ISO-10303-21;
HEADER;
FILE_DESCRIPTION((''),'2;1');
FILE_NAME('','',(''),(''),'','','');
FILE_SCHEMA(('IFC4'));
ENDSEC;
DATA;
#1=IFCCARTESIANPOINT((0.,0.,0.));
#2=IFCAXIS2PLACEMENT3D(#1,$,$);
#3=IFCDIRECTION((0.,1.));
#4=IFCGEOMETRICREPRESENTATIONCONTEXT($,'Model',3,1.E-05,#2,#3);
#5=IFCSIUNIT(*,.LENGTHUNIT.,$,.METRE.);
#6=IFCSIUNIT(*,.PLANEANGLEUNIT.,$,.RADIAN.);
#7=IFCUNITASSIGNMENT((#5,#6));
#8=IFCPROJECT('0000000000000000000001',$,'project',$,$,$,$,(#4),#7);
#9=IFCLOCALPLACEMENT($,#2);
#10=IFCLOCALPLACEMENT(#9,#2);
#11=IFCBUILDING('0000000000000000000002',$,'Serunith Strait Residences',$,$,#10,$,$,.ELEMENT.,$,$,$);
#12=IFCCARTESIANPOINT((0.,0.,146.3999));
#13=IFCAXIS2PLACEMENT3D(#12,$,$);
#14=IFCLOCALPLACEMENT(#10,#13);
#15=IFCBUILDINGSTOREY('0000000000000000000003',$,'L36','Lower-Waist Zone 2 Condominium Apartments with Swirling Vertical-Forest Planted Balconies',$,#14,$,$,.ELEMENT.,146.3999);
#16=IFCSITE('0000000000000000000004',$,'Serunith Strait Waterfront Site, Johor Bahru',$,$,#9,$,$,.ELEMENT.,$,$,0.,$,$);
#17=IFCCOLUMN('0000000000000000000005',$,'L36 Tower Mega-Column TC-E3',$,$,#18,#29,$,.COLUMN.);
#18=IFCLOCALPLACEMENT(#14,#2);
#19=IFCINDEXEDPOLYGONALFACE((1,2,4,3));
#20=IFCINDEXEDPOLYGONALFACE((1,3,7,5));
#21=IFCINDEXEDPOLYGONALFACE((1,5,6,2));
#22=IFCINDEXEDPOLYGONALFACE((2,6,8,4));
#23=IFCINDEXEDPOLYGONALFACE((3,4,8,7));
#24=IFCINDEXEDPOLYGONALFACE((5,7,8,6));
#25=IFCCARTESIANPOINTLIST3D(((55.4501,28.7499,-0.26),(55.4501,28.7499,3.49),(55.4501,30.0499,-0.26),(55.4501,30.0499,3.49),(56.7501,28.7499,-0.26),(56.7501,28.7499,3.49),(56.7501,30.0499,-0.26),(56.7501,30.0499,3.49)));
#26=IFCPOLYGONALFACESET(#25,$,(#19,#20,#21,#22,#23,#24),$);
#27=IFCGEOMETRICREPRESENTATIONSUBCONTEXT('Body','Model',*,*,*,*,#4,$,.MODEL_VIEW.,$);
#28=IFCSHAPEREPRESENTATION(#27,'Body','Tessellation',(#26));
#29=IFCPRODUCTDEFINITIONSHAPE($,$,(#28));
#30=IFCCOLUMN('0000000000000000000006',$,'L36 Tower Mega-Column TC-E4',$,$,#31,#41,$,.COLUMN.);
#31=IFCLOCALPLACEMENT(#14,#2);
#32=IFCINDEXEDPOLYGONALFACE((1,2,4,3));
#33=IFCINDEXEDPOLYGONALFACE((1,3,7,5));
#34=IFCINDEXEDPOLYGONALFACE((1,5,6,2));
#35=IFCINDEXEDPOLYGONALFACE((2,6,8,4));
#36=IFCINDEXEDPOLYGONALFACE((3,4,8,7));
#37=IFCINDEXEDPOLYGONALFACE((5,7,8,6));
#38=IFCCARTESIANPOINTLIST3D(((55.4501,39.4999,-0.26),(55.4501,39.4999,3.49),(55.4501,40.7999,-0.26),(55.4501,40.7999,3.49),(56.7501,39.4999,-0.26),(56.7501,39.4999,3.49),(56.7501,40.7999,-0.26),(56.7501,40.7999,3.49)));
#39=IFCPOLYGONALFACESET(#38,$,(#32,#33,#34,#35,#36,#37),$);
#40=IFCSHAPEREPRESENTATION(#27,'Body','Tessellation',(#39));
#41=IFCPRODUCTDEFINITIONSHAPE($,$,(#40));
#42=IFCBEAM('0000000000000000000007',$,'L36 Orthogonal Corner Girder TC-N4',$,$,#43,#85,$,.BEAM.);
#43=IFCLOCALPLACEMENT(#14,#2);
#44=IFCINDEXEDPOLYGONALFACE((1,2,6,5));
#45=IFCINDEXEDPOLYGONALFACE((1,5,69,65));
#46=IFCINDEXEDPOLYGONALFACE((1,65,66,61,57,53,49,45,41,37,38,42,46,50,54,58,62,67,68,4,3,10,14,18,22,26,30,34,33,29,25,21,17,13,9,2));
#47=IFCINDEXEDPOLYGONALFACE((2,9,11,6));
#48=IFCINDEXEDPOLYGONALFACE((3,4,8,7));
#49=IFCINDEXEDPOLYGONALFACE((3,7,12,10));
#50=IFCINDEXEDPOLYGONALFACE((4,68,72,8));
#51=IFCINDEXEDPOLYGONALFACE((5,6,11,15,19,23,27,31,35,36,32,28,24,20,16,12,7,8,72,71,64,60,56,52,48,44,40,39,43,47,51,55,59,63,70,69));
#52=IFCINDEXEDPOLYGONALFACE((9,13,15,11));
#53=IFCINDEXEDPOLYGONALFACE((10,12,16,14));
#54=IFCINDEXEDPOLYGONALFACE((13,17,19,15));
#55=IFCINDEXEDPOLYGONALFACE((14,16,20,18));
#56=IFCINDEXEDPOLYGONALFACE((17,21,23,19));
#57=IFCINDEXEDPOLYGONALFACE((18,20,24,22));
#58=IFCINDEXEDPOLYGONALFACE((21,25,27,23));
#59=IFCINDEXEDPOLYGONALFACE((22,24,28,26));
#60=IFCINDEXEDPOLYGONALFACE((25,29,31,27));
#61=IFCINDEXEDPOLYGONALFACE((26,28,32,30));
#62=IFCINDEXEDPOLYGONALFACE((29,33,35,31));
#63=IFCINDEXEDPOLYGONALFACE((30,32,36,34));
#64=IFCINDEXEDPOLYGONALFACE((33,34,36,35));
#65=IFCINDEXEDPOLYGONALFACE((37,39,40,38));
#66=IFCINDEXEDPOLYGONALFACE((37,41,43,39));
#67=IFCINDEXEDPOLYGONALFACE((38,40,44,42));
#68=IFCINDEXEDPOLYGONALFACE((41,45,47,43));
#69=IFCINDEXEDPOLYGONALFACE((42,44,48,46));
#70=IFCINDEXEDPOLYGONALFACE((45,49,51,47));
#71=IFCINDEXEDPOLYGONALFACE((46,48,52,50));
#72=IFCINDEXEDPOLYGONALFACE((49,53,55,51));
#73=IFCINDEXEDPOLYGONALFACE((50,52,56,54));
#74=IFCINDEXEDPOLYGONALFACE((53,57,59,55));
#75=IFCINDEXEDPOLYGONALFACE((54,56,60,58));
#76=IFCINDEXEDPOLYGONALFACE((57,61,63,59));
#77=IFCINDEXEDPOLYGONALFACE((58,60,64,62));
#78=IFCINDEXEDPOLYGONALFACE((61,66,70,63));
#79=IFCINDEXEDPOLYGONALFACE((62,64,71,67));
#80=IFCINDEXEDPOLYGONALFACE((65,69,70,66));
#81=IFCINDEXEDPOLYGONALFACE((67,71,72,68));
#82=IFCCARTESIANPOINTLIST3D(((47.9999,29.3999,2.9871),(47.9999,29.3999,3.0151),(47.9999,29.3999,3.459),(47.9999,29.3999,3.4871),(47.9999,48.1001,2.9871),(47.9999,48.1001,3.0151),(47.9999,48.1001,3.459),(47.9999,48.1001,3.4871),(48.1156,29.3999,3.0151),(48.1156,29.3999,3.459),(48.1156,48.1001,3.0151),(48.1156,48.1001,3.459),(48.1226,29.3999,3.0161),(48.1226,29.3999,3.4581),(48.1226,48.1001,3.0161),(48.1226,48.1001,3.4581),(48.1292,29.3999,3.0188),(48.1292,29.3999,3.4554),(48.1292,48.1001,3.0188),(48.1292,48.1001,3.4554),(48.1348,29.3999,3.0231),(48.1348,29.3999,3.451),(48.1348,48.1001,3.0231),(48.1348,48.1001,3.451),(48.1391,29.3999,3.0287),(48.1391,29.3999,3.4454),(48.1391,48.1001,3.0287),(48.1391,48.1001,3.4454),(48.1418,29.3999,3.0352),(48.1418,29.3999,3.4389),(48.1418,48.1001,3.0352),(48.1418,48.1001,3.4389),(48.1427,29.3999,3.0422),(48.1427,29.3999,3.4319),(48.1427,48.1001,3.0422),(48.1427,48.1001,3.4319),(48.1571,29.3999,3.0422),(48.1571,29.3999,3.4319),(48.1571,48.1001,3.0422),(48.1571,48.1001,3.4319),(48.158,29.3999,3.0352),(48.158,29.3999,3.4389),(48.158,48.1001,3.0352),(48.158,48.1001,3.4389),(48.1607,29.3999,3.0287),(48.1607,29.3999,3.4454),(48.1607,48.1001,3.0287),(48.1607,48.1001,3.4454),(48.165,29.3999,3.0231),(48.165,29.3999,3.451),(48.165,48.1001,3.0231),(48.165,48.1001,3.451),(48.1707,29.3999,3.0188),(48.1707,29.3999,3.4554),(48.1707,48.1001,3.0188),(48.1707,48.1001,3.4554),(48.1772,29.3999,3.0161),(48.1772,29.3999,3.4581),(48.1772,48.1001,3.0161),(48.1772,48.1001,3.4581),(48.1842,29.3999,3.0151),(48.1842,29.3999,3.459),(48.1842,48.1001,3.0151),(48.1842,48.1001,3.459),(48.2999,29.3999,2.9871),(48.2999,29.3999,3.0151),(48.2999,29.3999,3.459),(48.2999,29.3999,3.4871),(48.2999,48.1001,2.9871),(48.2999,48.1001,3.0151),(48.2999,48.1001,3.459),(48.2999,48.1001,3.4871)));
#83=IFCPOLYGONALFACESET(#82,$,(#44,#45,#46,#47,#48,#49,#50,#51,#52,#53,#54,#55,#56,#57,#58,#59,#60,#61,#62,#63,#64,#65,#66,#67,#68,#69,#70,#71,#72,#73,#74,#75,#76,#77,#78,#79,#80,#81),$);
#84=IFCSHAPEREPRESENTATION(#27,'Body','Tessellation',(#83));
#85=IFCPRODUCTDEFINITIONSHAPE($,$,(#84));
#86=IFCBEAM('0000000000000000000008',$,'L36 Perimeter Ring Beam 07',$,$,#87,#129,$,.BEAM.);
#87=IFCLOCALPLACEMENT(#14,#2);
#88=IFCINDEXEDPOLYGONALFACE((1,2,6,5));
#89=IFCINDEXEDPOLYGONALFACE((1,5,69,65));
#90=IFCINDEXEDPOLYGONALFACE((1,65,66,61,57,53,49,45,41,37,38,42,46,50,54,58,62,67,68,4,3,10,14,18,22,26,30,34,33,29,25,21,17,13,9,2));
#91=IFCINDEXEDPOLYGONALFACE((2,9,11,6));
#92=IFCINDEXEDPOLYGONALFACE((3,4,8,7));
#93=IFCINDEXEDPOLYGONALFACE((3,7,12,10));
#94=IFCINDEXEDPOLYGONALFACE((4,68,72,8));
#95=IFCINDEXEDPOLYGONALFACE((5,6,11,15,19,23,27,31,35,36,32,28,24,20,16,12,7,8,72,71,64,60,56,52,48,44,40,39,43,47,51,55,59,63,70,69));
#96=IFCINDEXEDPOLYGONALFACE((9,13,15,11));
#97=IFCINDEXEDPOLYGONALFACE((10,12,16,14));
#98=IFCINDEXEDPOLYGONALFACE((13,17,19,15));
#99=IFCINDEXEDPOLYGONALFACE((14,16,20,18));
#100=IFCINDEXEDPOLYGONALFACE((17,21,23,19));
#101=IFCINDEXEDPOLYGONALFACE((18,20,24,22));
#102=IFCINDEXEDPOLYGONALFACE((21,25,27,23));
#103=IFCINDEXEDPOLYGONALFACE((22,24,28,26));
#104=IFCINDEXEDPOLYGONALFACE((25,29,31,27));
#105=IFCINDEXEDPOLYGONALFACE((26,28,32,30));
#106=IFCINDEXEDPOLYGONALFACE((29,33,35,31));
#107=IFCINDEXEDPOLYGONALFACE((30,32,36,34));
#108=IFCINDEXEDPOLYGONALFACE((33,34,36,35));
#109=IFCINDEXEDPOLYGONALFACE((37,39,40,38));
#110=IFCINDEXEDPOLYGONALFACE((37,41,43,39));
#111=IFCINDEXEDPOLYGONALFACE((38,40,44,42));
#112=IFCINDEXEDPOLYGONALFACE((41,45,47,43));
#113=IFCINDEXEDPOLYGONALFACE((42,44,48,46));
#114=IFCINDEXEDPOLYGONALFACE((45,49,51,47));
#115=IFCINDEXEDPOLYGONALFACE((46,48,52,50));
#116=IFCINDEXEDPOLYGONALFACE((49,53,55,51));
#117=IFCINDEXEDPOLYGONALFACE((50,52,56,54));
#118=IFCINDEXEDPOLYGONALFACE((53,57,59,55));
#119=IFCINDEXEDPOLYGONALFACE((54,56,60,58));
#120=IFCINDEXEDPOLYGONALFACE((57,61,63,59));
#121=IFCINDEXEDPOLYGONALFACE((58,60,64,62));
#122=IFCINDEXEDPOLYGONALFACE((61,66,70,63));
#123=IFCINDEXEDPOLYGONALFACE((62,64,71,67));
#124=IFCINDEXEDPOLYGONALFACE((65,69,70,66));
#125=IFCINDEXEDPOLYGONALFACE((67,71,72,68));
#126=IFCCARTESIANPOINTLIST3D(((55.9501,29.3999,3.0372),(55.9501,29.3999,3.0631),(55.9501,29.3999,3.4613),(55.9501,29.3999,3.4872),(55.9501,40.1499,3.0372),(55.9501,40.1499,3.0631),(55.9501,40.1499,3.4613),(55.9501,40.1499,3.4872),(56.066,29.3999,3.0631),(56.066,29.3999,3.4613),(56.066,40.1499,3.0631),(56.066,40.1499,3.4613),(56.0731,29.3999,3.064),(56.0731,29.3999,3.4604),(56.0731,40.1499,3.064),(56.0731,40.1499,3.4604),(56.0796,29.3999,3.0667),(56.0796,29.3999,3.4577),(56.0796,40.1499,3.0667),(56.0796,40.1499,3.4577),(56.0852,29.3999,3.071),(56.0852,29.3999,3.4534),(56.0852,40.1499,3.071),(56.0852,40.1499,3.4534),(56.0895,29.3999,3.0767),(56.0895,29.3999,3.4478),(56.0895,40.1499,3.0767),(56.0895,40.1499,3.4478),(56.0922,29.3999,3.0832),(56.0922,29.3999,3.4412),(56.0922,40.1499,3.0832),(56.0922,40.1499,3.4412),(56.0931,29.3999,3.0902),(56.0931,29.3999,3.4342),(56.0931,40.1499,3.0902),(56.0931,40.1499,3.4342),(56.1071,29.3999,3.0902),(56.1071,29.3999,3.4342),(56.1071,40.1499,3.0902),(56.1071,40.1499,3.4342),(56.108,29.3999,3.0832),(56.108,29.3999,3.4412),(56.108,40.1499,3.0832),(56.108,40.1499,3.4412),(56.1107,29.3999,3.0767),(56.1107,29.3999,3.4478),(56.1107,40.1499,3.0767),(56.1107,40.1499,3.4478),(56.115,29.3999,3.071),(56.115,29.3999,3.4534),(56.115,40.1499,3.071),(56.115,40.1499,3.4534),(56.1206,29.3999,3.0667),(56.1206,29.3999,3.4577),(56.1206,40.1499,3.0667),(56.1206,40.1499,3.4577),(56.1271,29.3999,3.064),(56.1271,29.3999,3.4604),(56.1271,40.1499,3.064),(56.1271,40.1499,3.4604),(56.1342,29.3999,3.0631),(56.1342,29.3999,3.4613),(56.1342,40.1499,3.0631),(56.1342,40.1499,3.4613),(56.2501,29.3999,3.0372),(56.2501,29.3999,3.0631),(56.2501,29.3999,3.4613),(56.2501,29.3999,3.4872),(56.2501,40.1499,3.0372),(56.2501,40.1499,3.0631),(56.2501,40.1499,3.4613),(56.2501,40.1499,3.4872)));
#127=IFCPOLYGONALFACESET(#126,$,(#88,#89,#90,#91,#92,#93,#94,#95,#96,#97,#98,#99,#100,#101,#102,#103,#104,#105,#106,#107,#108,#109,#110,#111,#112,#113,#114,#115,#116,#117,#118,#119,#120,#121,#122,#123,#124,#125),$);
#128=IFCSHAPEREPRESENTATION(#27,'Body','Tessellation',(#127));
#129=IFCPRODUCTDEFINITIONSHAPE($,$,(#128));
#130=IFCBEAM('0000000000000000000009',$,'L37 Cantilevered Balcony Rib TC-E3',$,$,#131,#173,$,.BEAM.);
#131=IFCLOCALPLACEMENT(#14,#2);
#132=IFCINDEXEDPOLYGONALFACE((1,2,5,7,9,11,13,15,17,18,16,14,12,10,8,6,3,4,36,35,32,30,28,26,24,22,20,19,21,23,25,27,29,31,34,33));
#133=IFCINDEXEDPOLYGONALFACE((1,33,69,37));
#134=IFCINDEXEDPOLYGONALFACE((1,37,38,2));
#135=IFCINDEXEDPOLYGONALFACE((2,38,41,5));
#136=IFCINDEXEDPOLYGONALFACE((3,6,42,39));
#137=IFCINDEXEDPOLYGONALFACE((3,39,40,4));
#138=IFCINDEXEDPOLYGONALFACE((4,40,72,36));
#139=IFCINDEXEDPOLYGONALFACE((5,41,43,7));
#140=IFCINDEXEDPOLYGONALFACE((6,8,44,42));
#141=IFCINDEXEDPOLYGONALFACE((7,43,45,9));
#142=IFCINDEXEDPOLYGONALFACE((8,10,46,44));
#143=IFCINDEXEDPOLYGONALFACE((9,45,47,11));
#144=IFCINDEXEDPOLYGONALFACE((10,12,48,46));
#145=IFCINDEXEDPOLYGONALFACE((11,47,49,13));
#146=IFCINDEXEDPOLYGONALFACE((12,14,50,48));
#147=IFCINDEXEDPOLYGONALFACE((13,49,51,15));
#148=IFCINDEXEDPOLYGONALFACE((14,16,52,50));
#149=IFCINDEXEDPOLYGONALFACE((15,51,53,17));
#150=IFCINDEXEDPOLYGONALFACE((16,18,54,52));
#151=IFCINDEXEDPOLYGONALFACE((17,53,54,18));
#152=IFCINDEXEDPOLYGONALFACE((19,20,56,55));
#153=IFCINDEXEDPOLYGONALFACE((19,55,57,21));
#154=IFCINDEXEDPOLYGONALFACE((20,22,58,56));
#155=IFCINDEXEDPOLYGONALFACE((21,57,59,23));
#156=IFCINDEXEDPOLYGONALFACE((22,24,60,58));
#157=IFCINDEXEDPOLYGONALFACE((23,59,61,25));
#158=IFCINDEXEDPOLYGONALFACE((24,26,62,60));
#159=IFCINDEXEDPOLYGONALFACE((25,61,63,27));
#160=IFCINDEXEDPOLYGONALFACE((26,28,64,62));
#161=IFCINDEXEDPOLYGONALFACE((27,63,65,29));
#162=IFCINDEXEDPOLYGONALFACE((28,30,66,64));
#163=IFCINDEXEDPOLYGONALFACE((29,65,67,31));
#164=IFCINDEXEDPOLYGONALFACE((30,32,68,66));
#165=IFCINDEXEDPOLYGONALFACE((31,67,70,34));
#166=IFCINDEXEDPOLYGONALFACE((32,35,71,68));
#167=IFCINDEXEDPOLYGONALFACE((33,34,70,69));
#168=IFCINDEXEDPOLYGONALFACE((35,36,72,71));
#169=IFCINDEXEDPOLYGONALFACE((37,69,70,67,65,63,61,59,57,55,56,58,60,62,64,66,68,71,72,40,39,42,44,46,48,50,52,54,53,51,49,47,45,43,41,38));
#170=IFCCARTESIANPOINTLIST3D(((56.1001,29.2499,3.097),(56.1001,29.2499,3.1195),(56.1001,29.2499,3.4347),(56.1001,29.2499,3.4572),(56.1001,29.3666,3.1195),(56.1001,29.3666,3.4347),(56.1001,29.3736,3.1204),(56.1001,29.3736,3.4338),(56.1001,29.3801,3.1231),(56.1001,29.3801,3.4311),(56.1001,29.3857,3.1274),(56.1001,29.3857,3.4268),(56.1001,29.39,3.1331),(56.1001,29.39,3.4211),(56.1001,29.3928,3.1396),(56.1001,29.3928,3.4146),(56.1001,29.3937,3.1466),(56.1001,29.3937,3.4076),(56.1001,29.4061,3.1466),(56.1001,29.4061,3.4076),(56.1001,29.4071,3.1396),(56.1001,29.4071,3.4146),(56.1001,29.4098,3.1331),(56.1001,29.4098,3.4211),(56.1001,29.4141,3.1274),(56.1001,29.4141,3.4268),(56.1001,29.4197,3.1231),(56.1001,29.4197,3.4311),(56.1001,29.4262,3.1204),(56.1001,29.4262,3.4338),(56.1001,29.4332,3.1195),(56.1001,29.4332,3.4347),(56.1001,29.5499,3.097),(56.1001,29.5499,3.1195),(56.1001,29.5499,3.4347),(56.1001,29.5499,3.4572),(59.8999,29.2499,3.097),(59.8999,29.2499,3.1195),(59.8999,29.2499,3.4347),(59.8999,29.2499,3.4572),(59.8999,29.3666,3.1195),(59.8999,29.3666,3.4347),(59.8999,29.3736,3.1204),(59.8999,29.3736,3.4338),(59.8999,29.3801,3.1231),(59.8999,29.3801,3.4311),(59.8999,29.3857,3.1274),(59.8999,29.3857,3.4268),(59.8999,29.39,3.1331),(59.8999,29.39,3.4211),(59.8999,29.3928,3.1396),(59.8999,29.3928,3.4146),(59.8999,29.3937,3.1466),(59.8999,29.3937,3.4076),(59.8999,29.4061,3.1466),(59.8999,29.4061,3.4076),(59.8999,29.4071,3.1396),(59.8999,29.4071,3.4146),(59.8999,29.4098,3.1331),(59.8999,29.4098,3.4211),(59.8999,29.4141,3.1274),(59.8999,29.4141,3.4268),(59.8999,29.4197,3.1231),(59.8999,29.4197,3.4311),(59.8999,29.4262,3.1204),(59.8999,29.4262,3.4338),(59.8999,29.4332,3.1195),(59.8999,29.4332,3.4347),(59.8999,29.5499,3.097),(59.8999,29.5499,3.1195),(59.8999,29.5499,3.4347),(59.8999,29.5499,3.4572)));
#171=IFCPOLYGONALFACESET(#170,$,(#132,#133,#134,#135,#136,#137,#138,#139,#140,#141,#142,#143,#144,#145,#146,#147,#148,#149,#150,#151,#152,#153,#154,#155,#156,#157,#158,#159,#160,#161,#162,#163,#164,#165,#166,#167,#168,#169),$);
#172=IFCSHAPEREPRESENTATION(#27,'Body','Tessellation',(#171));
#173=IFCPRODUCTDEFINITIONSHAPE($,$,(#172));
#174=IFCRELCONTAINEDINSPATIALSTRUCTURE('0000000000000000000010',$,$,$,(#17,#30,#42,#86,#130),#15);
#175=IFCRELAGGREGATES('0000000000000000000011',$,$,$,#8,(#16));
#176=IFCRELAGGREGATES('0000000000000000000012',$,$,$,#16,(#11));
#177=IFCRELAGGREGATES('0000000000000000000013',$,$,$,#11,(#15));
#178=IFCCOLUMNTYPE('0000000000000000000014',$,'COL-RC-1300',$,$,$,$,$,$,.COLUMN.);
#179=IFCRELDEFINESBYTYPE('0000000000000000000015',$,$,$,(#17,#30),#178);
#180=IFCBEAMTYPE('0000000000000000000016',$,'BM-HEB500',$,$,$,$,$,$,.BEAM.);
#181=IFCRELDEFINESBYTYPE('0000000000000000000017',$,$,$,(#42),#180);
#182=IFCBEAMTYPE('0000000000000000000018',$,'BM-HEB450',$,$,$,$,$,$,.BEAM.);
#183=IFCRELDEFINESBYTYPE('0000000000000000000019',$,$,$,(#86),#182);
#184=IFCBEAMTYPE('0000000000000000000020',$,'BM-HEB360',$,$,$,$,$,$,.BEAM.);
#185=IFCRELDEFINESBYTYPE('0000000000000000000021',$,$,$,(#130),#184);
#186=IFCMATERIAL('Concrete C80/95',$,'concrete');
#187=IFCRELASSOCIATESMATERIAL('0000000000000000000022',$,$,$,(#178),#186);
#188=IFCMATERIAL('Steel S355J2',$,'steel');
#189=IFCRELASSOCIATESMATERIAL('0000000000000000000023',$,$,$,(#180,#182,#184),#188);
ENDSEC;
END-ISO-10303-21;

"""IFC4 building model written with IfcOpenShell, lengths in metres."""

from ifc_helpers import new_model, si_unit, direction, frame, origin, origin_2d, place, context, subcontext, project, spatial, rectangle, i_section, extrude, source, transform, mapped, material, material_profile, profile_set, type_object, element, save


model = new_model("IFC4")

# Units and contexts
model_context = context("Model", 3, precision=1e-05, world=origin(), true_north=direction((0.0, 1.0)))
body_context = subcontext(model_context, "Body", "Model", "MODEL_VIEW")
ifc_project = project(units=[si_unit("LENGTHUNIT", "METRE"), si_unit("PLANEANGLEUNIT", "RADIAN")], contexts=[model_context])

# Site, building, storey
site_placement = place(None, origin())
site = spatial("IfcSite", under=ifc_project, at=site_placement, Name="Serunith Strait Waterfront Site, Johor Bahru", CompositionType="ELEMENT", RefElevation=0.0)
building_placement = place(site_placement, origin())
building = spatial("IfcBuilding", under=site, at=building_placement, Name="Serunith Strait Residences", CompositionType="ELEMENT")
storey_placement = place(building_placement, frame((0.0, 0.0, 146.3999)))
storey = spatial("IfcBuildingStorey", under=building, at=storey_placement, Name="L36", Description="Lower-Waist Zone 2 Condominium Apartments with Swirling Vertical-Forest Planted Balconies", CompositionType="ELEMENT", Elevation=146.3999)

# Columns
ifc_material_1 = material(Name="Concrete C80/95", Category="concrete")
ifc_material_profile_1 = material_profile(ifc_material_1, rectangle(XDim=1.3, YDim=1.3, at=origin_2d()), Name="RC 1300x1300")
ifc_profile_set_1 = profile_set([ifc_material_profile_1], Name="Concrete C80/95")
column_type = type_object("IfcColumnType", Name="COL-RC-1300", PredefinedType="COLUMN", material=ifc_profile_set_1)
shared_shape_1 = source(origin(), body_context, "Body", "SweptSolid", [
    extrude(rectangle(XDim=1.3, YDim=1.3, at=origin_2d()), origin(), (0.0, 0.0, 1.0), 3.75),
])
for number, where, z_axis, x_axis, name in (
    (1, (56.1001, 29.3999, -0.26), (0.0, 0.0, 1.0), (1.0, 0.0, 0.0), "L36 Tower Mega-Column TC-E3"),
    (2, (56.1001, 40.1499, -0.26), (0.0, 0.0, 1.0), (1.0, 0.0, 0.0), "L36 Tower Mega-Column TC-E4"),
):
    element("IfcColumn", number, at=place(storey_placement, frame(where, z_axis=z_axis, x_axis=x_axis)), inside=storey, type_object=column_type, Name=name, PredefinedType="COLUMN", context=body_context, shape_type="MappedRepresentation", body=[
        mapped(shared_shape_1, transform((0.0, 0.0, 0.0), scale=1.0)),
    ])

# Beams
ifc_material_2 = material(Name="Steel S355J2", Category="steel")
ifc_material_profile_2 = material_profile(ifc_material_2, i_section(OverallWidth=0.3, OverallDepth=0.5, WebThickness=0.0144, FlangeThickness=0.0281, FilletRadius=0.0271, at=origin_2d()), Name="HEB 500")
ifc_profile_set_2 = profile_set([ifc_material_profile_2], Name="Steel S355J2")
beam_type_1 = type_object("IfcBeamType", Name="BM-HEB500", PredefinedType="BEAM", material=ifc_profile_set_2)
shared_shape_2 = source(origin(), body_context, "Body", "SweptSolid", [
    extrude(i_section(OverallWidth=0.3, OverallDepth=0.5, WebThickness=0.0144, FlangeThickness=0.0281, FilletRadius=0.0271, at=origin_2d()), origin(), (0.0, 0.0, 1.0), 18.7002),
])
beam_1_placement = place(storey_placement, frame((48.1499, 29.3999, 3.2371), z_axis=(0.0, 1.0, 0.0), x_axis=(-1.0, 0.0, 0.0)))
element("IfcBeam", 3, at=beam_1_placement, inside=storey, type_object=beam_type_1, Name="L36 Orthogonal Corner Girder TC-N4", PredefinedType="BEAM", context=body_context, shape_type="MappedRepresentation", body=[
    mapped(shared_shape_2, transform((0.0, 0.0, 0.0), scale=1.0)),
])
ifc_material_profile_3 = material_profile(ifc_material_2, i_section(OverallWidth=0.3, OverallDepth=0.45, WebThickness=0.0139, FlangeThickness=0.0259, FilletRadius=0.0271, at=origin_2d()), Name="HEB 450")
ifc_profile_set_3 = profile_set([ifc_material_profile_3], Name="Steel S355J2")
beam_type_2 = type_object("IfcBeamType", Name="BM-HEB450", PredefinedType="BEAM", material=ifc_profile_set_3)
shared_shape_3 = source(origin(), body_context, "Body", "SweptSolid", [
    extrude(i_section(OverallWidth=0.3, OverallDepth=0.45, WebThickness=0.0139, FlangeThickness=0.0259, FilletRadius=0.0271, at=origin_2d()), origin(), (0.0, 0.0, 1.0), 10.75),
])
beam_2_placement = place(storey_placement, frame((56.1001, 29.3999, 3.2622), z_axis=(0.0, 1.0, 0.0), x_axis=(-1.0, 0.0, 0.0)))
element("IfcBeam", 4, at=beam_2_placement, inside=storey, type_object=beam_type_2, Name="L36 Perimeter Ring Beam 07", PredefinedType="BEAM", context=body_context, shape_type="MappedRepresentation", body=[
    mapped(shared_shape_3, transform((0.0, 0.0, 0.0), scale=1.0)),
])
ifc_material_profile_4 = material_profile(ifc_material_2, i_section(OverallWidth=0.3, OverallDepth=0.3601, WebThickness=0.0125, FlangeThickness=0.0225, FilletRadius=0.0271, at=origin_2d()), Name="HEB 360")
ifc_profile_set_4 = profile_set([ifc_material_profile_4], Name="Steel S355J2")
beam_type_3 = type_object("IfcBeamType", Name="BM-HEB360", PredefinedType="BEAM", material=ifc_profile_set_4)
shared_shape_4 = source(origin(), body_context, "Body", "SweptSolid", [
    extrude(i_section(OverallWidth=0.3, OverallDepth=0.3601, WebThickness=0.0125, FlangeThickness=0.0225, FilletRadius=0.0271, at=origin_2d()), origin(), (0.0, 0.0, 1.0), 3.7998),
])
beam_3_placement = place(storey_placement, frame((56.1001, 29.3999, 3.2771), z_axis=(1.0, 0.0, 0.0), x_axis=(0.0, 1.0, 0.0)))
element("IfcBeam", 5, at=beam_3_placement, inside=storey, type_object=beam_type_3, Name="L37 Cantilevered Balcony Rib TC-E3", PredefinedType="BEAM", context=body_context, shape_type="MappedRepresentation", body=[
    mapped(shared_shape_4, transform((0.0, 0.0, 0.0), scale=1.0)),
])

save(model, "model.ifc")
